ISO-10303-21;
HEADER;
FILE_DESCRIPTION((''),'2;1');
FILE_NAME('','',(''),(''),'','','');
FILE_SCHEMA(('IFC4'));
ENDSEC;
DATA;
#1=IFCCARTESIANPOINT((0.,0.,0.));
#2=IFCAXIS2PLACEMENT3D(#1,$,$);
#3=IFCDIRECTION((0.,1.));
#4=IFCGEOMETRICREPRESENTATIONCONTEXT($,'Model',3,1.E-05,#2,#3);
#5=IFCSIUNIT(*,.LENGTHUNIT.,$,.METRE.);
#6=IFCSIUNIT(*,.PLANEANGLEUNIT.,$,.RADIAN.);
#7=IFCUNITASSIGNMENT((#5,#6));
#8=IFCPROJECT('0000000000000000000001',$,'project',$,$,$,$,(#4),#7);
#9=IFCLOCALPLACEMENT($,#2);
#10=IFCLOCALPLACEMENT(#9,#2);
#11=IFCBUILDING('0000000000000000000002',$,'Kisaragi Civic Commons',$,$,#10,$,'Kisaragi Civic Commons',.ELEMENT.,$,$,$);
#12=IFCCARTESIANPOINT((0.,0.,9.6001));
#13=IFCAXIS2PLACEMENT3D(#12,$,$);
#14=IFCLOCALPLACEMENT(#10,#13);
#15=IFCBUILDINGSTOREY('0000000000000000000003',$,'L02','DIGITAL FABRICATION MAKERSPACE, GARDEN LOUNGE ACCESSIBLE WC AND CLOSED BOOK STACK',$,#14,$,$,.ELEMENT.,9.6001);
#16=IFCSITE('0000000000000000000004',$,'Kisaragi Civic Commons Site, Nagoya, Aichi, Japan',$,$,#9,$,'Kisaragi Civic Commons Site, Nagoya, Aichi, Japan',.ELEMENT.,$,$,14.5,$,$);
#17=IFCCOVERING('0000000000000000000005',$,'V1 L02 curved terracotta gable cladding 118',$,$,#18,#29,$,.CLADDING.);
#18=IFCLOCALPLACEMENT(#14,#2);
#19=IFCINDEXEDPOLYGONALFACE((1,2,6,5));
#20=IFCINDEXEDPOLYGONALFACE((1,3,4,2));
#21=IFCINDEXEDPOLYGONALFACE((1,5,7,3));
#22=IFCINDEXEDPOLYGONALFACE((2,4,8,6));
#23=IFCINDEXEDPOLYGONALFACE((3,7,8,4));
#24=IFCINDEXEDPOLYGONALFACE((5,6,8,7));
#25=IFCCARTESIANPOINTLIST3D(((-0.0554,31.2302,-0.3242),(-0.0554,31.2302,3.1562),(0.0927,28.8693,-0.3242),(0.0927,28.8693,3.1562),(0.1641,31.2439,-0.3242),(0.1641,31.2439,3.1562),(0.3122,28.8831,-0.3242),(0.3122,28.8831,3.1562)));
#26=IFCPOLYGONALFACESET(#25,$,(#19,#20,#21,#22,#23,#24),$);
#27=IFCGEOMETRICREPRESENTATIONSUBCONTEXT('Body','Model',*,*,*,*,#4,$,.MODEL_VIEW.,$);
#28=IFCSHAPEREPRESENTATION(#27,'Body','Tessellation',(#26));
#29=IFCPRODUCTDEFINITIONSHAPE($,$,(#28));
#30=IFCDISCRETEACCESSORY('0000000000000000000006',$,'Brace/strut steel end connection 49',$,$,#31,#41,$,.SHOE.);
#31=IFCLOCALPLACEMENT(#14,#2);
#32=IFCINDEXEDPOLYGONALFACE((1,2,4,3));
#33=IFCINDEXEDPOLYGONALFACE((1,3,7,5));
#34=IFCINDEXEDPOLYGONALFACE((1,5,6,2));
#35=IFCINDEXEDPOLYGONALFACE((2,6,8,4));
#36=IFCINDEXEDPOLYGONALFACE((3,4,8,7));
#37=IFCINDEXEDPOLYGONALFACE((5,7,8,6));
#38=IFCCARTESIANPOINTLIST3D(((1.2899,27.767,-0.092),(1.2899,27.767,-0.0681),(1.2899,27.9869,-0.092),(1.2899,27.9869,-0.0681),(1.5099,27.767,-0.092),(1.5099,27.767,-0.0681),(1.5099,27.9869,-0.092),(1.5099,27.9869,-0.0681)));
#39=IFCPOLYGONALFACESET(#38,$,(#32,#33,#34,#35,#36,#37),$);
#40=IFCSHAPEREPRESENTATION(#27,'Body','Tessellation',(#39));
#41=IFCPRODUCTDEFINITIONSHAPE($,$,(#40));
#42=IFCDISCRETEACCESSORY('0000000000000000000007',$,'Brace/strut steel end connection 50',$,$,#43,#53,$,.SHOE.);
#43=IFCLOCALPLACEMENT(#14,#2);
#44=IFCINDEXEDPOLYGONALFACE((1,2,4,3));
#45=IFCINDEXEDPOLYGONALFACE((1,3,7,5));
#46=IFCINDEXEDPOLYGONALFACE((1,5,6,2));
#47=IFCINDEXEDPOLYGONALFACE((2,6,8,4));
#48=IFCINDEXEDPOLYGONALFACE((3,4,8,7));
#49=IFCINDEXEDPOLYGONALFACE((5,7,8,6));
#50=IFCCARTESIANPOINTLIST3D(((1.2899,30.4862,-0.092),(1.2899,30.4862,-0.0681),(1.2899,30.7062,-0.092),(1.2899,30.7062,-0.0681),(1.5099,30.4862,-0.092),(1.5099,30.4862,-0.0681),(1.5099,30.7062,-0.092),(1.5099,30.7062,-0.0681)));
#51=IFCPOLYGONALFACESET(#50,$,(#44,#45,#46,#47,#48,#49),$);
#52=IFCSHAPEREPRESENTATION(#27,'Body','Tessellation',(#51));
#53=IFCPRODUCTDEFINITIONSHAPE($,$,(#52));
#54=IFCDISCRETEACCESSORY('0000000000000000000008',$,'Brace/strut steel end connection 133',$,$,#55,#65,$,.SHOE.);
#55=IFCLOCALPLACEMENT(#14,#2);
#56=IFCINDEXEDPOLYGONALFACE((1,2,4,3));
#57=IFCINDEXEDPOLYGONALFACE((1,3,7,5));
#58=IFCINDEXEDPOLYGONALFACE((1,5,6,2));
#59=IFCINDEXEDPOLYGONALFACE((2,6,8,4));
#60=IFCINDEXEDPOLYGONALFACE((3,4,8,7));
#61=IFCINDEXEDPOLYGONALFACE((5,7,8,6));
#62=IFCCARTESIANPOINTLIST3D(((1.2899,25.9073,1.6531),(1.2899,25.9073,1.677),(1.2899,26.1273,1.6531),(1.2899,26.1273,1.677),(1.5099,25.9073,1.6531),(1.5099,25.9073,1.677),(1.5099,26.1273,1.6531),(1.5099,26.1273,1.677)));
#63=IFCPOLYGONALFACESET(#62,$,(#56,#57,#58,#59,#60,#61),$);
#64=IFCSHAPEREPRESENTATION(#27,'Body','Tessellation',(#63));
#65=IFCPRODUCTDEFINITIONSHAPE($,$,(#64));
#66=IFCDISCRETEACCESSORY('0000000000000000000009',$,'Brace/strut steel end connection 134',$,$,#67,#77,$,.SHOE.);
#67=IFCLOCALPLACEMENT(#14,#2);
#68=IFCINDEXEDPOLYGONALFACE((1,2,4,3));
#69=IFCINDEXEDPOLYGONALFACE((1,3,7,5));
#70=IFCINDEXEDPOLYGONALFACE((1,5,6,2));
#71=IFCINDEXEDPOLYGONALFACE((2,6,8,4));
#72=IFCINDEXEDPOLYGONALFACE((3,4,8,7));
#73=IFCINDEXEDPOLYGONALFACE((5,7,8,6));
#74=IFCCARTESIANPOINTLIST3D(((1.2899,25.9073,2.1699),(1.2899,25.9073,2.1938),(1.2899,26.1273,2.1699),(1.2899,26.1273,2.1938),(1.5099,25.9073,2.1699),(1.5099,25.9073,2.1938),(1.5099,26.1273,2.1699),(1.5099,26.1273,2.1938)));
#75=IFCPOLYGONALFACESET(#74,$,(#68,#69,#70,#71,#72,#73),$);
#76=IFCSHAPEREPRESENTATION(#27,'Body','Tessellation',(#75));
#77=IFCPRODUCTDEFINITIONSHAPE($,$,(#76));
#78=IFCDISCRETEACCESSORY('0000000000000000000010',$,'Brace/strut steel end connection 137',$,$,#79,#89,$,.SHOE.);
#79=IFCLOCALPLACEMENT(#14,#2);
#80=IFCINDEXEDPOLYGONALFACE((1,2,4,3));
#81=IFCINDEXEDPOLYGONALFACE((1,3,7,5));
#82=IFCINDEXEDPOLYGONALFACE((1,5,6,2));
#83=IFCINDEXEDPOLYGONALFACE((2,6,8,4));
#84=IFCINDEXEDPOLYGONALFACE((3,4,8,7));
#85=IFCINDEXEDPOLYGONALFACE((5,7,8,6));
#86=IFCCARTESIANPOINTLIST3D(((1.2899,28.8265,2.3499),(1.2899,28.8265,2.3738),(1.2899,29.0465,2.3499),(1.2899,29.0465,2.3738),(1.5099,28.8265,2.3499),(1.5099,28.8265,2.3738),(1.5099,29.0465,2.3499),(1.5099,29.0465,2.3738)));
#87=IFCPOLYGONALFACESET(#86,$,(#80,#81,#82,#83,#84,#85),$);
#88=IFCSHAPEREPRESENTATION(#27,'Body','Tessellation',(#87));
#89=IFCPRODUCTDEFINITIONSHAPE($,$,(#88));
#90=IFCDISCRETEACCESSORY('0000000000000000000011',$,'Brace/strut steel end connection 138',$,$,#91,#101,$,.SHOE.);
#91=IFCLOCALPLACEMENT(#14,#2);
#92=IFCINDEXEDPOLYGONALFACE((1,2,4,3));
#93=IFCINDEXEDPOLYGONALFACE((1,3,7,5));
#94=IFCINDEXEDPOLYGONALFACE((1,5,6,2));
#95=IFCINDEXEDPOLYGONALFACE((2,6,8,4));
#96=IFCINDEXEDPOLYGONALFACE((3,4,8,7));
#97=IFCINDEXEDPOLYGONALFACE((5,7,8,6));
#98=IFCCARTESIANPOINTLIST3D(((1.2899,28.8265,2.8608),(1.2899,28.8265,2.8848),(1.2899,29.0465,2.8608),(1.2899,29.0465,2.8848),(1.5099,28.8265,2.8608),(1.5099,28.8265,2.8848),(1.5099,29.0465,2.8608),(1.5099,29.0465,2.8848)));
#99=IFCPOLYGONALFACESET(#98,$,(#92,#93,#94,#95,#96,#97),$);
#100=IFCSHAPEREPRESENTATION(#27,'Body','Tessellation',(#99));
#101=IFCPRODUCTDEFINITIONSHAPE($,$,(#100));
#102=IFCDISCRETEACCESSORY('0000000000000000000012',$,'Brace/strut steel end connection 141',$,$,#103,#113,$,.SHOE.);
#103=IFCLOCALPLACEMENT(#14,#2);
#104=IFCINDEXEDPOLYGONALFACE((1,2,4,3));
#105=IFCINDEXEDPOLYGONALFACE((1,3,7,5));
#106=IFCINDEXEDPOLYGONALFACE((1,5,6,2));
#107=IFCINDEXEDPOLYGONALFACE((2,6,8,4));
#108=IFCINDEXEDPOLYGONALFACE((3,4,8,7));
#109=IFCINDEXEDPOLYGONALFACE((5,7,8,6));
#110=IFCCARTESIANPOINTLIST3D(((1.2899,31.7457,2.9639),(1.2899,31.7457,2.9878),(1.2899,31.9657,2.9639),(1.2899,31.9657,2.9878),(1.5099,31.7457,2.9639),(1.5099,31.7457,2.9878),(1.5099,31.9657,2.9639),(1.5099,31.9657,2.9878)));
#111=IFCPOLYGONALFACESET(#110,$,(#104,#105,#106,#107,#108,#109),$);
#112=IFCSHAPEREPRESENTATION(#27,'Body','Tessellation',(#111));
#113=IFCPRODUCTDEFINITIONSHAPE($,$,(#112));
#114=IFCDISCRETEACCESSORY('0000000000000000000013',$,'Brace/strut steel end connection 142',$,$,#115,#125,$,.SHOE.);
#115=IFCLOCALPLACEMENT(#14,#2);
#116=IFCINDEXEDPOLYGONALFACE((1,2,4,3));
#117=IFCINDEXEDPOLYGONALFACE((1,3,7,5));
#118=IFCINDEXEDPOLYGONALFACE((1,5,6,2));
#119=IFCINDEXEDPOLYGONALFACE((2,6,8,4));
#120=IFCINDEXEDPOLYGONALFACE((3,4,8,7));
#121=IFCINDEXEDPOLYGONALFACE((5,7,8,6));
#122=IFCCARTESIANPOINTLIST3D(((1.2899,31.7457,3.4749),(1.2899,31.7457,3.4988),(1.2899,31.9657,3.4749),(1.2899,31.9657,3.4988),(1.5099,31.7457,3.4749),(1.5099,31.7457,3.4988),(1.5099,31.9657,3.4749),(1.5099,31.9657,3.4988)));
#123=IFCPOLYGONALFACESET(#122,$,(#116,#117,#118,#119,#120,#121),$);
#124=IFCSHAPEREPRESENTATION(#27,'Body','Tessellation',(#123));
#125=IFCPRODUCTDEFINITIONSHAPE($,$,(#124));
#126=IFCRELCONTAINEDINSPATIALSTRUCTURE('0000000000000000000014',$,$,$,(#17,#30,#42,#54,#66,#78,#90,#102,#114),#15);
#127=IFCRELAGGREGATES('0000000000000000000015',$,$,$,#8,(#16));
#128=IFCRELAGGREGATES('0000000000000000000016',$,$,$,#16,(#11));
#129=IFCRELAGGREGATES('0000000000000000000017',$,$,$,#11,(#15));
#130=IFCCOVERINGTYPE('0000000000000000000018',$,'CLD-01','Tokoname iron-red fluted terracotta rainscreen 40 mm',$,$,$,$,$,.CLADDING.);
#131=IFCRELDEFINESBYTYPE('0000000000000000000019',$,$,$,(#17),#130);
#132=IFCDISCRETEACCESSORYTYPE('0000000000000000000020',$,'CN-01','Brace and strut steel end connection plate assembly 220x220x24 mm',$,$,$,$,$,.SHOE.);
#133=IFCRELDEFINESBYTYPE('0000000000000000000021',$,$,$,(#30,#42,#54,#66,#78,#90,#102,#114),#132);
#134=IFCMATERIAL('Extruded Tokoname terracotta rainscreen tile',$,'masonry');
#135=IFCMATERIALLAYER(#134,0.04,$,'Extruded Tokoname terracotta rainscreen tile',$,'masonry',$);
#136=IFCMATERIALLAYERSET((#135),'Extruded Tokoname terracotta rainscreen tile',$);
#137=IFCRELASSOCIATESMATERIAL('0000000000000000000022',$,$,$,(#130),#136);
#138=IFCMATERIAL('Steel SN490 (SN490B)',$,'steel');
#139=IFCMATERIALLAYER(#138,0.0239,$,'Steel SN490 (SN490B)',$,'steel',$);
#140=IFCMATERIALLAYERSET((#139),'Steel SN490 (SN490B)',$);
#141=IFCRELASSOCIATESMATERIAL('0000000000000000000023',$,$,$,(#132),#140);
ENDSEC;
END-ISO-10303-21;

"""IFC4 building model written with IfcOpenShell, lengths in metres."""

from ifc_helpers import new_model, si_unit, direction, frame, origin, origin_2d, place, context, subcontext, project, spatial, rectangle, extrude, material, layer, layer_set, type_object, element, save


model = new_model("IFC4")

# Units and contexts
model_context = context("Model", 3, precision=1e-05, world=origin(), true_north=direction((0.0, 1.0)))
body_context = subcontext(model_context, "Body", "Model", "MODEL_VIEW")
ifc_project = project(units=[si_unit("LENGTHUNIT", "METRE"), si_unit("PLANEANGLEUNIT", "RADIAN")], contexts=[model_context])

# Site, building, storey
site_placement = place(None, origin())
site = spatial("IfcSite", under=ifc_project, at=site_placement, Name="Kisaragi Civic Commons Site, Nagoya, Aichi, Japan", LongName="Kisaragi Civic Commons Site, Nagoya, Aichi, Japan", CompositionType="ELEMENT", RefElevation=14.5)
building_placement = place(site_placement, origin())
building = spatial("IfcBuilding", under=site, at=building_placement, Name="Kisaragi Civic Commons", LongName="Kisaragi Civic Commons", CompositionType="ELEMENT")
storey_placement = place(building_placement, frame((0.0, 0.0, 9.6001)))
storey = spatial("IfcBuildingStorey", under=building, at=storey_placement, Name="L02", Description="DIGITAL FABRICATION MAKERSPACE, GARDEN LOUNGE ACCESSIBLE WC AND CLOSED BOOK STACK", CompositionType="ELEMENT", Elevation=9.6001)

# Shared definitions
ifc_material_1 = material(Name="Steel SN490 (SN490B)", Category="steel")

# Covering
ifc_material_2 = material(Name="Extruded Tokoname terracotta rainscreen tile", Category="masonry")
ifc_layer_1 = layer(ifc_material_2, 0.04, Name="Extruded Tokoname terracotta rainscreen tile", Category="masonry")
ifc_layer_set_1 = layer_set([ifc_layer_1], Name="Extruded Tokoname terracotta rainscreen tile")
covering_type = type_object("IfcCoveringType", Name="CLD-01", Description="Tokoname iron-red fluted terracotta rainscreen 40 mm", PredefinedType="CLADDING", material=ifc_layer_set_1)
covering_1_placement = place(storey_placement, frame((0.1284, 30.0566, -0.3242), z_axis=(0.0, 0.0, 1.0), x_axis=(-0.062616, 0.998038, 0.0)))
element("IfcCovering", 1, at=covering_1_placement, inside=storey, type_object=covering_type, Name="V1 L02 curved terracotta gable cladding 118", PredefinedType="CLADDING", context=body_context, shape_type="SweptSolid", body=[
    extrude(rectangle(XDim=2.3655, YDim=0.22, at=origin_2d()), origin(), (0.0, 0.0, 1.0), 3.4805),
])

# Discrete accessories
ifc_layer_2 = layer(ifc_material_1, 0.0239, Name="Steel SN490 (SN490B)", Category="steel")
ifc_layer_set_2 = layer_set([ifc_layer_2], Name="Steel SN490 (SN490B)")
discrete_accessory_type = type_object("IfcDiscreteAccessoryType", Name="CN-01", Description="Brace and strut steel end connection plate assembly 220x220x24 mm", PredefinedType="SHOE", material=ifc_layer_set_2)
for number, where, z_axis, x_axis, name in (
    (2, (1.3999, 27.877, -0.092), (0.0, 0.0, 1.0), (1.0, 0.0, 0.0), "Brace/strut steel end connection 49"),
    (3, (1.3999, 30.5962, -0.092), (0.0, 0.0, 1.0), (1.0, 0.0, 0.0), "Brace/strut steel end connection 50"),
    (4, (1.3999, 26.0173, 1.6531), (0.0, 0.0, 1.0), (1.0, 0.0, 0.0), "Brace/strut steel end connection 133"),
    (5, (1.3999, 26.0173, 2.1699), (0.0, 0.0, 1.0), (1.0, 0.0, 0.0), "Brace/strut steel end connection 134"),
    (6, (1.3999, 28.9365, 2.3499), (0.0, 0.0, 1.0), (1.0, 0.0, 0.0), "Brace/strut steel end connection 137"),
    (7, (1.3999, 28.9365, 2.8608), (0.0, 0.0, 1.0), (1.0, 0.0, 0.0), "Brace/strut steel end connection 138"),
    (8, (1.3999, 31.8557, 2.9639), (0.0, 0.0, 1.0), (1.0, 0.0, 0.0), "Brace/strut steel end connection 141"),
    (9, (1.3999, 31.8557, 3.4749), (0.0, 0.0, 1.0), (1.0, 0.0, 0.0), "Brace/strut steel end connection 142"),
):
    element("IfcDiscreteAccessory", number, at=place(storey_placement, frame(where, z_axis=z_axis, x_axis=x_axis)), inside=storey, type_object=discrete_accessory_type, Name=name, PredefinedType="SHOE", context=body_context, shape_type="SweptSolid", body=[
        extrude(rectangle(XDim=0.22, YDim=0.22, at=origin_2d()), origin(), (0.0, 0.0, 1.0), 0.0239),
    ])

save(model, "model.ifc")
